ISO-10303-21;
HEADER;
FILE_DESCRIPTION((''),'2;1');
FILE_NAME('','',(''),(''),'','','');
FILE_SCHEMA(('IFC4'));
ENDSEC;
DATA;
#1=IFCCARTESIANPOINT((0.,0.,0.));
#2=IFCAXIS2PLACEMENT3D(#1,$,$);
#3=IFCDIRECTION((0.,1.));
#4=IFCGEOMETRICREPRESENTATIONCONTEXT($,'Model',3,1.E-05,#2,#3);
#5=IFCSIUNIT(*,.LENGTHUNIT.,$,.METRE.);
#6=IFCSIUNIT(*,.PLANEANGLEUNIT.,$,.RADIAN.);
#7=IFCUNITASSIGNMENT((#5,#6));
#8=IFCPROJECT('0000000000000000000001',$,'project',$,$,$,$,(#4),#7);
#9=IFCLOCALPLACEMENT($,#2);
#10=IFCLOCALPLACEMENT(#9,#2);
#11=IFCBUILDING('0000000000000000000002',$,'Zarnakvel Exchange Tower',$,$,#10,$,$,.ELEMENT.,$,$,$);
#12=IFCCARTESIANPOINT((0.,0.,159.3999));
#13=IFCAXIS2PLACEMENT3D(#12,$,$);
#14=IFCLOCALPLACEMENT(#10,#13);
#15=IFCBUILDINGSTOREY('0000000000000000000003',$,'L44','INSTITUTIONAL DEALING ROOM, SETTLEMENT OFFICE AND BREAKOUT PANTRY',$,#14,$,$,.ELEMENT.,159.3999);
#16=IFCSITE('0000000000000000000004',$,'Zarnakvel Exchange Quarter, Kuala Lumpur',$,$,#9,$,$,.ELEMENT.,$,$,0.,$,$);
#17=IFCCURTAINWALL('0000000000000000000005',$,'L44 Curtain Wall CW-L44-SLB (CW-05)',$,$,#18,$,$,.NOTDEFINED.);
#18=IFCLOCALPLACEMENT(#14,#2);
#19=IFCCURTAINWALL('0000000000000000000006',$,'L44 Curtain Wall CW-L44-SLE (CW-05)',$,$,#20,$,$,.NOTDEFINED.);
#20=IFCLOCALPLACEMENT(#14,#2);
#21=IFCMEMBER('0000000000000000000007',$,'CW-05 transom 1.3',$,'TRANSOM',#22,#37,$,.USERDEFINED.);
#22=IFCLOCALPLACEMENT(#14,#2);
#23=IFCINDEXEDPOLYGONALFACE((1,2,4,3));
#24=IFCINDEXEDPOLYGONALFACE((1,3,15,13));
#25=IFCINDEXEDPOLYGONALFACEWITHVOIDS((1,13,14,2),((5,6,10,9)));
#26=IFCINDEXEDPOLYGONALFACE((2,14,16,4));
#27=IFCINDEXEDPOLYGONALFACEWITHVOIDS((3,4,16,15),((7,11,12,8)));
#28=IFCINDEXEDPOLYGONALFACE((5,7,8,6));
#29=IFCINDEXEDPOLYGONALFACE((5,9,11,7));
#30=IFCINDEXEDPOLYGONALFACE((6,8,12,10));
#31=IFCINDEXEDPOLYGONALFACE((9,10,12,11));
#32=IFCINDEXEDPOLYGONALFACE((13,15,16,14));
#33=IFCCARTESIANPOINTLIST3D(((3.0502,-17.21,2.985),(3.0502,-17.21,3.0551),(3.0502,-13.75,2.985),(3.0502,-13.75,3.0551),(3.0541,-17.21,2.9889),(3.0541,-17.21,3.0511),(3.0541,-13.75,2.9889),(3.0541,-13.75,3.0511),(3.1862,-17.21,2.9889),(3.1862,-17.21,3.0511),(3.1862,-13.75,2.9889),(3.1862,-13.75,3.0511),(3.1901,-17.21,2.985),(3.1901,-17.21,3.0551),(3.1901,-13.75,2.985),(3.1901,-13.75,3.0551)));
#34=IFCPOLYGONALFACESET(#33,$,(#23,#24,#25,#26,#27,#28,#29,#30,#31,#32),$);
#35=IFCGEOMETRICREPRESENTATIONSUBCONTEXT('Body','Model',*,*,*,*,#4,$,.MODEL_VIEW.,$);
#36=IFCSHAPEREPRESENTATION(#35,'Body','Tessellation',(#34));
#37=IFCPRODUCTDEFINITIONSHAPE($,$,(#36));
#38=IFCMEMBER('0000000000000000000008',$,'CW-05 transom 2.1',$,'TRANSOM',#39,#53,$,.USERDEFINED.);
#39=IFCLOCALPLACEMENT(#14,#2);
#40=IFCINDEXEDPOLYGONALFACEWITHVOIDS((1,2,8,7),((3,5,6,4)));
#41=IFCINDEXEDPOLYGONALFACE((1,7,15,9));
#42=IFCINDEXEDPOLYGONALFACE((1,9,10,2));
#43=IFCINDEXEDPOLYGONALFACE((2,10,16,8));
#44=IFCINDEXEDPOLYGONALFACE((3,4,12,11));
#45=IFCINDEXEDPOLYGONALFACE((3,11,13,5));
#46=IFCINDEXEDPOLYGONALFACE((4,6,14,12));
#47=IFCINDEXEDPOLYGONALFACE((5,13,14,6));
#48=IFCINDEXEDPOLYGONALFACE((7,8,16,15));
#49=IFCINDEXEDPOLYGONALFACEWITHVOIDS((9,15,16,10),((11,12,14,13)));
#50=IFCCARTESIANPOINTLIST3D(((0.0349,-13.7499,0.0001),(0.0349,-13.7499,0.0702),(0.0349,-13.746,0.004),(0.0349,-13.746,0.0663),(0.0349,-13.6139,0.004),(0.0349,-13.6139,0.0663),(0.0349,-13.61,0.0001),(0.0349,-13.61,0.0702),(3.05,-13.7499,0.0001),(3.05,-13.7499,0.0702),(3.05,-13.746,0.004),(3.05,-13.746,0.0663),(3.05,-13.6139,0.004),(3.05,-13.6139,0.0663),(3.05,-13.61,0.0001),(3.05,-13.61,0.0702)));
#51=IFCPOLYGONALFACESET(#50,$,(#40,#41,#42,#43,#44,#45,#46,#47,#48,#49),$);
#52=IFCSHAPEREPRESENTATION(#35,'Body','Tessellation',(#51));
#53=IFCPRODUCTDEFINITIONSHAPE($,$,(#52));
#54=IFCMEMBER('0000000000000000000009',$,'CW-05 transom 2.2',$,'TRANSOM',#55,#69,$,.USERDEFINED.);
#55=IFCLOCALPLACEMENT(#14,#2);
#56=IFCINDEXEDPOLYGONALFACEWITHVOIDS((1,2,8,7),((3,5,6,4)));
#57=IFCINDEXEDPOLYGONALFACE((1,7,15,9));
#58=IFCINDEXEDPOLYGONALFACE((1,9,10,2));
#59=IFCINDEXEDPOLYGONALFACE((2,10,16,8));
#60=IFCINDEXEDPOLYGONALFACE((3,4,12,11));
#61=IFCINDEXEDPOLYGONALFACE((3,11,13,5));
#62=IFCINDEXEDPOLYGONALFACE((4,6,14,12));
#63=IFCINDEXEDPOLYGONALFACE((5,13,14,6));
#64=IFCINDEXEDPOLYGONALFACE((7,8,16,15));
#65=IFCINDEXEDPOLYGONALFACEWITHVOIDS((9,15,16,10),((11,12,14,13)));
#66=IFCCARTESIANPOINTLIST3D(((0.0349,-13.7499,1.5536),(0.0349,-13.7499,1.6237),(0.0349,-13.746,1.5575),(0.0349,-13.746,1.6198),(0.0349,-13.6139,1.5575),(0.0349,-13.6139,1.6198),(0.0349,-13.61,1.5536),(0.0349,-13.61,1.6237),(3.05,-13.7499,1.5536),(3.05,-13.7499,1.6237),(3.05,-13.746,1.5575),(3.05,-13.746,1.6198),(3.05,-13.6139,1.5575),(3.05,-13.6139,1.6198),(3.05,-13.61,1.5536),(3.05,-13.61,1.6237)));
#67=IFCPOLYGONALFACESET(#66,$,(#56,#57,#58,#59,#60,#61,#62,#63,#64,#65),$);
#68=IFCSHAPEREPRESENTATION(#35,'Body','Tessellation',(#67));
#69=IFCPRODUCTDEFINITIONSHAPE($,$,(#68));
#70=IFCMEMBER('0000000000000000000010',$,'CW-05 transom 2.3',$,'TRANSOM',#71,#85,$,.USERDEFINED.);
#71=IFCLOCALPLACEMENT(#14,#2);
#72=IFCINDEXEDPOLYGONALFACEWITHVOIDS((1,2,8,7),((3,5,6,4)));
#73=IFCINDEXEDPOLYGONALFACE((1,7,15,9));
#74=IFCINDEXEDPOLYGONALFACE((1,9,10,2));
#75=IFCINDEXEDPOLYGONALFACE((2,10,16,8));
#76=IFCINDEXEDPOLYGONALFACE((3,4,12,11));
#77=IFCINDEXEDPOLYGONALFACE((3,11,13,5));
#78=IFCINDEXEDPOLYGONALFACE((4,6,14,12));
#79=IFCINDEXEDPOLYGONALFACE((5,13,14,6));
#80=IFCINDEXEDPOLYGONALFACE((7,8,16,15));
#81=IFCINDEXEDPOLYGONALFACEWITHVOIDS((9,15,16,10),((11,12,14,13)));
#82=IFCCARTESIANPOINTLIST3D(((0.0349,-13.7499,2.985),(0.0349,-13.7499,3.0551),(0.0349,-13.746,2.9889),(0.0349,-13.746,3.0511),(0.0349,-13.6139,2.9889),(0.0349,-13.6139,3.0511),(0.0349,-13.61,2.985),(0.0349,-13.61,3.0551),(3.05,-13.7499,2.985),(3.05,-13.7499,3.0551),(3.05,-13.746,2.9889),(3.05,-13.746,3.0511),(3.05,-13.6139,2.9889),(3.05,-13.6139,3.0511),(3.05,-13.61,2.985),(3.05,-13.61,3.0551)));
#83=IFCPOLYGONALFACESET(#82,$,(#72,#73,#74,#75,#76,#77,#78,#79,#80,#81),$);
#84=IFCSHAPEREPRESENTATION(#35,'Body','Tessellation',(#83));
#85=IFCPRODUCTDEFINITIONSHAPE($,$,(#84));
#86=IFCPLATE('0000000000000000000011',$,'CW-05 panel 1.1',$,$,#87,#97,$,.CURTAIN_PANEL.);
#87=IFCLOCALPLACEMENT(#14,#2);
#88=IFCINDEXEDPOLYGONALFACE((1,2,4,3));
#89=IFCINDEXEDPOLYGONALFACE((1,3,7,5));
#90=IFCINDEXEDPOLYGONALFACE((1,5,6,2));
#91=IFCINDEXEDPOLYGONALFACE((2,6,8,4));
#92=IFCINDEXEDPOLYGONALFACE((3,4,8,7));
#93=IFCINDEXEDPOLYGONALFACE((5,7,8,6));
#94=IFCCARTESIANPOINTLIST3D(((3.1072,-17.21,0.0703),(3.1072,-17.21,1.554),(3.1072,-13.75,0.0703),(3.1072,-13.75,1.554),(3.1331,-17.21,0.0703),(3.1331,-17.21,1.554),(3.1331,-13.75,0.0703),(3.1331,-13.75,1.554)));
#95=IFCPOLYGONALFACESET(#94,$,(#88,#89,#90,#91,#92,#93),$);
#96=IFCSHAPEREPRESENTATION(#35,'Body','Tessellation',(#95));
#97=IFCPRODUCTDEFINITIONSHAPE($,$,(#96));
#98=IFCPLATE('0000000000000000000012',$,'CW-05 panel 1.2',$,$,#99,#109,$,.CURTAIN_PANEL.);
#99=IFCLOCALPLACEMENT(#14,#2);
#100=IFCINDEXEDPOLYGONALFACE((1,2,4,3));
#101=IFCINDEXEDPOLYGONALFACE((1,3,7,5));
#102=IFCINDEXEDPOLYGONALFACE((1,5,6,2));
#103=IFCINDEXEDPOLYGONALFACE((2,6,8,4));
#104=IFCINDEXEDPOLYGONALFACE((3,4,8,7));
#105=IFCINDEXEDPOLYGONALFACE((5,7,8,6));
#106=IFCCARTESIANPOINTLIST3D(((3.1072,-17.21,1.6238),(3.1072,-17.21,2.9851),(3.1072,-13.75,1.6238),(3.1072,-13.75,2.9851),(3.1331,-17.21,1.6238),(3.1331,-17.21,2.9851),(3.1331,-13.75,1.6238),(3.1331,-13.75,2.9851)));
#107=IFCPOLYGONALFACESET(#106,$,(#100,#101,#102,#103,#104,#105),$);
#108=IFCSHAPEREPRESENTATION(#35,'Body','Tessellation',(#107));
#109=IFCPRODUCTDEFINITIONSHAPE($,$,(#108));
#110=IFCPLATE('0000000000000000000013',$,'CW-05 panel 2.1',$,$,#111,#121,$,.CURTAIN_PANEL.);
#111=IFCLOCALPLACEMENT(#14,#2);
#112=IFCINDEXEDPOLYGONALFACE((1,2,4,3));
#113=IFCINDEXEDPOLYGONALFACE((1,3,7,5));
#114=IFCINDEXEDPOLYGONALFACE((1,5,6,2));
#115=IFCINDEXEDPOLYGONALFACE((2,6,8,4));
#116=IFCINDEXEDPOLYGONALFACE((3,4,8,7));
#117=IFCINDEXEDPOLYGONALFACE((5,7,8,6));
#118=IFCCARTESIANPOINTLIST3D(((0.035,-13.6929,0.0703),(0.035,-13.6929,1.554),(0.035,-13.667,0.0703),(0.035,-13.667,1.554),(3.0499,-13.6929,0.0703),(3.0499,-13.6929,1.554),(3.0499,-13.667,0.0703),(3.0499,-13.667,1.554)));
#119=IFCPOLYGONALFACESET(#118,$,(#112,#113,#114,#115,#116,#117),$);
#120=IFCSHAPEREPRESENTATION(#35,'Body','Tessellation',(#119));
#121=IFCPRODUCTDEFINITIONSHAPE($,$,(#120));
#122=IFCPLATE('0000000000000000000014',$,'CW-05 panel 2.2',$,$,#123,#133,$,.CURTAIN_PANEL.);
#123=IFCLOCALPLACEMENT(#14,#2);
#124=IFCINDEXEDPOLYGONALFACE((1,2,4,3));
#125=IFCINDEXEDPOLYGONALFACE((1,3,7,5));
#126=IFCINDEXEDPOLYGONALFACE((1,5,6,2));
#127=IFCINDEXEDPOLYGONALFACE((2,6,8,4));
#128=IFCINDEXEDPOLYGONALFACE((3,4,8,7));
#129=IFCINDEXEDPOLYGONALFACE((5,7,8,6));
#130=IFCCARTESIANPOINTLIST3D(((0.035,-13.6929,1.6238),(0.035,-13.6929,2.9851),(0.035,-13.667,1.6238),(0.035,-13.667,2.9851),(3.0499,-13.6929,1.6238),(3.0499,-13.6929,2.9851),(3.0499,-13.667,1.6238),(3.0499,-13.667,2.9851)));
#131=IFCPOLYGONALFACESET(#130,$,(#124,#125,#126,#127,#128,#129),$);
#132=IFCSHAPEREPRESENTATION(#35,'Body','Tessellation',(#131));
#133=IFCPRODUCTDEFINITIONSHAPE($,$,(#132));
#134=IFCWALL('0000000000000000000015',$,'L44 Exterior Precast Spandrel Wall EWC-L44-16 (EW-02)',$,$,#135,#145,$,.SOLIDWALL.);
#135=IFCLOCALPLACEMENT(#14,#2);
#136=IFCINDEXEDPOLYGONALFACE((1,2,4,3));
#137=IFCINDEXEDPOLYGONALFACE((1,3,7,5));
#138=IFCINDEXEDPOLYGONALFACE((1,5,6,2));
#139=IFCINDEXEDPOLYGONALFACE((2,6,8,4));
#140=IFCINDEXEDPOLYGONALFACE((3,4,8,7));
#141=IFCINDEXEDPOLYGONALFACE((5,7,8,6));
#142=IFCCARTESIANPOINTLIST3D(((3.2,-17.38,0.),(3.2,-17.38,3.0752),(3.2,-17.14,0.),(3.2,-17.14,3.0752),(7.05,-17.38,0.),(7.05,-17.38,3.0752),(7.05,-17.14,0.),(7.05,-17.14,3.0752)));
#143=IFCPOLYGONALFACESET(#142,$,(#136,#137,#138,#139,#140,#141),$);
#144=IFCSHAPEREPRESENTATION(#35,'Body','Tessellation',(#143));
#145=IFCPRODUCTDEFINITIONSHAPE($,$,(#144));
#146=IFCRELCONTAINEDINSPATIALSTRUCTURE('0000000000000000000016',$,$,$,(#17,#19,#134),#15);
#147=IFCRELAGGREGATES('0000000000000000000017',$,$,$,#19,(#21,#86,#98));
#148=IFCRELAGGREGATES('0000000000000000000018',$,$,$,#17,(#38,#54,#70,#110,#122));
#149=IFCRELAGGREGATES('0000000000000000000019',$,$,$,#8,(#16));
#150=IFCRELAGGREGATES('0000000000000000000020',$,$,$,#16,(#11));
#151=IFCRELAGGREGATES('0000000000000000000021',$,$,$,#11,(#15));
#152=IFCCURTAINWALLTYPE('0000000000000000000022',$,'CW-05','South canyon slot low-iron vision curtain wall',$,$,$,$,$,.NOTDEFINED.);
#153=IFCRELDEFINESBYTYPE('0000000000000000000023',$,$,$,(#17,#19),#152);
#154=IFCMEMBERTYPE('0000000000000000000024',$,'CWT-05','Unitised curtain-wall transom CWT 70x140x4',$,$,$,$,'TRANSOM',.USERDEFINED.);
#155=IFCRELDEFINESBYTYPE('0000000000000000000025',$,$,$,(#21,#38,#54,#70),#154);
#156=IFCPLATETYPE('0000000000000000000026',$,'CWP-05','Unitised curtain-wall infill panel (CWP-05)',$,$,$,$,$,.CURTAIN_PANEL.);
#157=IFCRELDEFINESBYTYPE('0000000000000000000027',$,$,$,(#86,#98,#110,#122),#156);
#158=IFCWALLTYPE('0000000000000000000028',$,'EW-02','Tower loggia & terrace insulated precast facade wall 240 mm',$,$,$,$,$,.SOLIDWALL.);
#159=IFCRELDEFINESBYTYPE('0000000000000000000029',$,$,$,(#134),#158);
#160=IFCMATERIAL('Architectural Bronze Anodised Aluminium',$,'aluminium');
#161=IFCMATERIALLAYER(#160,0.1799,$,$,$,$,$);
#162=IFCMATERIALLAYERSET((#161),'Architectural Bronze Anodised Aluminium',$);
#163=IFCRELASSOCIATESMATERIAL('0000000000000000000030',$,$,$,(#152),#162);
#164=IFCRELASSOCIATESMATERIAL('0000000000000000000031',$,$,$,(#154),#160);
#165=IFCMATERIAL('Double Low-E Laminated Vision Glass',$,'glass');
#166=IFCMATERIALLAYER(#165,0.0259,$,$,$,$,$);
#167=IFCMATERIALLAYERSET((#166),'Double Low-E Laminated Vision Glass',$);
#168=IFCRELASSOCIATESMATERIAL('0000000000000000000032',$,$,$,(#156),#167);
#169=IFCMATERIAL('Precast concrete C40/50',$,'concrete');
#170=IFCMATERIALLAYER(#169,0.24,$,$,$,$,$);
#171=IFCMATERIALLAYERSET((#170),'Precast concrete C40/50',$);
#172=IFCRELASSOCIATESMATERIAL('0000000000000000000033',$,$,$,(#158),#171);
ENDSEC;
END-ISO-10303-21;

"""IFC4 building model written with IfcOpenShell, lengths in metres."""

from ifc_helpers import new_model, si_unit, direction, frame, frame_2d, origin, origin_2d, place, context, subcontext, project, spatial, rectangle, hollow_rectangle, extrude, source, transform, mapped, material, layer, layer_set, material_profile, profile_set, type_object, element, aggregate, save


model = new_model("IFC4")

# Units and contexts
model_context = context("Model", 3, precision=1e-05, world=origin(), true_north=direction((0.0, 1.0)))
body_context = subcontext(model_context, "Body", "Model", "MODEL_VIEW")
ifc_project = project(units=[si_unit("LENGTHUNIT", "METRE"), si_unit("PLANEANGLEUNIT", "RADIAN")], contexts=[model_context])

# Site, building, storey
site_placement = place(None, origin())
site = spatial("IfcSite", under=ifc_project, at=site_placement, Name="Zarnakvel Exchange Quarter, Kuala Lumpur", CompositionType="ELEMENT", RefElevation=0.0)
building_placement = place(site_placement, origin())
building = spatial("IfcBuilding", under=site, at=building_placement, Name="Zarnakvel Exchange Tower", CompositionType="ELEMENT")
storey_placement = place(building_placement, frame((0.0, 0.0, 159.3999)))
storey = spatial("IfcBuildingStorey", under=building, at=storey_placement, Name="L44", Description="INSTITUTIONAL DEALING ROOM, SETTLEMENT OFFICE AND BREAKOUT PANTRY", CompositionType="ELEMENT", Elevation=159.3999)

# Curtain wall
ifc_material_1 = material(Name="Architectural Bronze Anodised Aluminium", Category="aluminium")
ifc_layer_1 = layer(ifc_material_1, 0.1799)
ifc_layer_set_1 = layer_set([ifc_layer_1], Name="Architectural Bronze Anodised Aluminium")
curtain_wall_type = type_object("IfcCurtainWallType", Name="CW-05", Description="South canyon slot low-iron vision curtain wall", PredefinedType="NOTDEFINED", material=ifc_layer_set_1)
curtain_wall_1_placement = place(storey_placement, origin())
curtain_wall_1 = element("IfcCurtainWall", 1, at=curtain_wall_1_placement, inside=storey, type_object=curtain_wall_type, Name="L44 Curtain Wall CW-L44-SLB (CW-05)", PredefinedType="NOTDEFINED")

# Curtain wall, member
curtain_wall_2_placement = place(storey_placement, origin())
curtain_wall_2 = element("IfcCurtainWall", 2, at=curtain_wall_2_placement, inside=storey, type_object=curtain_wall_type, Name="L44 Curtain Wall CW-L44-SLE (CW-05)", PredefinedType="NOTDEFINED")
ifc_material_profile_1 = material_profile(ifc_material_1, hollow_rectangle(XDim=0.1399, YDim=0.0701, WallThickness=0.0039, at=origin_2d()))
ifc_profile_set_1 = profile_set([ifc_material_profile_1], Name="Architectural Bronze Anodised Aluminium")
member_type_1 = type_object("IfcMemberType", Name="CWT-05", Description="Unitised curtain-wall transom CWT 70x140x4", ElementType="TRANSOM", PredefinedType="USERDEFINED", material=ifc_profile_set_1)
shared_shape_1 = source(origin(), body_context, "Body", "SweptSolid", [
    extrude(hollow_rectangle(XDim=0.1399, YDim=0.0701, WallThickness=0.0039, at=origin_2d()), origin(), (0.0, 0.0, 1.0), 3.46),
])
member_1_placement = place(storey_placement, frame((3.1201, -13.75, 3.02), z_axis=(0.0, -1.0, 0.0), x_axis=(1.0, 0.0, 0.0)))
member_1 = element("IfcMember", 3, at=member_1_placement, type_object=member_type_1, Name="CW-05 transom 1.3", ObjectType="TRANSOM", PredefinedType="USERDEFINED", context=body_context, shape_type="MappedRepresentation", body=[
    mapped(shared_shape_1, transform((0.0, 0.0, 0.0), x_axis=(1.0, 0.0, 0.0), y_axis=(0.0, 1.0, 0.0), z_axis=(0.0, 0.0, 1.0), scale=1.0)),
])

# Members
shared_shape_2 = source(origin(), body_context, "Body", "SweptSolid", [
    extrude(hollow_rectangle(XDim=0.1399, YDim=0.0701, WallThickness=0.0039, at=origin_2d()), origin(), (0.0, 0.0, 1.0), 3.0151),
])
member_2_placement = place(storey_placement, frame((0.0349, -13.6799, 0.0352), z_axis=(1.0, 0.0, 0.0), x_axis=(0.0, 1.0, 0.0)))
member_2 = element("IfcMember", 4, at=member_2_placement, type_object=member_type_1, Name="CW-05 transom 2.1", ObjectType="TRANSOM", PredefinedType="USERDEFINED", context=body_context, shape_type="MappedRepresentation", body=[
    mapped(shared_shape_2, transform((0.0, 0.0, 0.0), x_axis=(1.0, 0.0, 0.0), y_axis=(0.0, 1.0, 0.0), z_axis=(0.0, 0.0, 1.0), scale=1.0)),
])
member_3_placement = place(storey_placement, frame((0.0349, -13.6799, 1.5886), z_axis=(1.0, 0.0, 0.0), x_axis=(0.0, 1.0, 0.0)))
member_3 = element("IfcMember", 5, at=member_3_placement, type_object=member_type_1, Name="CW-05 transom 2.2", ObjectType="TRANSOM", PredefinedType="USERDEFINED", context=body_context, shape_type="MappedRepresentation", body=[
    mapped(shared_shape_2, transform((0.0, 0.0, 0.0), x_axis=(1.0, 0.0, 0.0), y_axis=(0.0, 1.0, 0.0), z_axis=(0.0, 0.0, 1.0), scale=1.0)),
])
member_4_placement = place(storey_placement, frame((0.0349, -13.6799, 3.02), z_axis=(1.0, 0.0, 0.0), x_axis=(0.0, 1.0, 0.0)))
member_4 = element("IfcMember", 6, at=member_4_placement, type_object=member_type_1, Name="CW-05 transom 2.3", ObjectType="TRANSOM", PredefinedType="USERDEFINED", context=body_context, shape_type="MappedRepresentation", body=[
    mapped(shared_shape_2, transform((0.0, 0.0, 0.0), x_axis=(1.0, 0.0, 0.0), y_axis=(0.0, 1.0, 0.0), z_axis=(0.0, 0.0, 1.0), scale=1.0)),
])

# Plates
ifc_material_2 = material(Name="Double Low-E Laminated Vision Glass", Category="glass")
ifc_layer_2 = layer(ifc_material_2, 0.0259)
ifc_layer_set_2 = layer_set([ifc_layer_2], Name="Double Low-E Laminated Vision Glass")
plate_type = type_object("IfcPlateType", Name="CWP-05", Description="Unitised curtain-wall infill panel (CWP-05)", PredefinedType="CURTAIN_PANEL", material=ifc_layer_set_2)
shared_shape_3 = source(origin(), body_context, "Body", "SweptSolid", [
    extrude(rectangle(XDim=3.46, YDim=0.0259, at=origin_2d()), origin(), (0.0, 0.0, 1.0), 1.4836),
])
plate_1_placement = place(storey_placement, frame((3.1201, -15.48, 0.0703), z_axis=(0.0, 0.0, 1.0), x_axis=(0.0, -1.0, 0.0)))
plate_1 = element("IfcPlate", 7, at=plate_1_placement, type_object=plate_type, Name="CW-05 panel 1.1", PredefinedType="CURTAIN_PANEL", context=body_context, shape_type="MappedRepresentation", body=[
    mapped(shared_shape_3, transform((0.0, 0.0, 0.0), x_axis=(1.0, 0.0, 0.0), y_axis=(0.0, 1.0, 0.0), z_axis=(0.0, 0.0, 1.0), scale=1.0)),
])
shared_shape_4 = source(origin(), body_context, "Body", "SweptSolid", [
    extrude(rectangle(XDim=3.46, YDim=0.0259, at=origin_2d()), origin(), (0.0, 0.0, 1.0), 1.3613),
])
plate_2_placement = place(storey_placement, frame((3.1201, -15.48, 1.6238), z_axis=(0.0, 0.0, 1.0), x_axis=(0.0, -1.0, 0.0)))
plate_2 = element("IfcPlate", 8, at=plate_2_placement, type_object=plate_type, Name="CW-05 panel 1.2", PredefinedType="CURTAIN_PANEL", context=body_context, shape_type="MappedRepresentation", body=[
    mapped(shared_shape_4, transform((0.0, 0.0, 0.0), x_axis=(1.0, 0.0, 0.0), y_axis=(0.0, 1.0, 0.0), z_axis=(0.0, 0.0, 1.0), scale=1.0)),
])
aggregate(curtain_wall_2, [member_1, plate_1, plate_2])
shared_shape_5 = source(origin(), body_context, "Body", "SweptSolid", [
    extrude(rectangle(XDim=3.0149, YDim=0.0259, at=origin_2d()), origin(), (0.0, 0.0, 1.0), 1.4836),
])
plate_3_placement = place(storey_placement, frame((1.5425, -13.6799, 0.0703), z_axis=(0.0, 0.0, 1.0), x_axis=(1.0, 0.0, 0.0)))
plate_3 = element("IfcPlate", 9, at=plate_3_placement, type_object=plate_type, Name="CW-05 panel 2.1", PredefinedType="CURTAIN_PANEL", context=body_context, shape_type="MappedRepresentation", body=[
    mapped(shared_shape_5, transform((0.0, 0.0, 0.0), x_axis=(1.0, 0.0, 0.0), y_axis=(0.0, 1.0, 0.0), z_axis=(0.0, 0.0, 1.0), scale=1.0)),
])
shared_shape_6 = source(origin(), body_context, "Body", "SweptSolid", [
    extrude(rectangle(XDim=3.0149, YDim=0.0259, at=origin_2d()), origin(), (0.0, 0.0, 1.0), 1.3613),
])
plate_4_placement = place(storey_placement, frame((1.5425, -13.6799, 1.6238), z_axis=(0.0, 0.0, 1.0), x_axis=(1.0, 0.0, 0.0)))
plate_4 = element("IfcPlate", 10, at=plate_4_placement, type_object=plate_type, Name="CW-05 panel 2.2", PredefinedType="CURTAIN_PANEL", context=body_context, shape_type="MappedRepresentation", body=[
    mapped(shared_shape_6, transform((0.0, 0.0, 0.0), x_axis=(1.0, 0.0, 0.0), y_axis=(0.0, 1.0, 0.0), z_axis=(0.0, 0.0, 1.0), scale=1.0)),
])
aggregate(curtain_wall_1, [member_2, member_3, member_4, plate_3, plate_4])

# Wall
ifc_material_3 = material(Name="Precast concrete C40/50", Category="concrete")
ifc_layer_3 = layer(ifc_material_3, 0.24)
ifc_layer_set_3 = layer_set([ifc_layer_3], Name="Precast concrete C40/50")
wall_type = type_object("IfcWallType", Name="EW-02", Description="Tower loggia & terrace insulated precast facade wall 240 mm", PredefinedType="SOLIDWALL", material=ifc_layer_set_3)
wall_placement = place(storey_placement, frame((3.2, -17.26, 0.0), z_axis=(0.0, 0.0, 1.0), x_axis=(1.0, 0.0, 0.0)))
element("IfcWall", 11, at=wall_placement, inside=storey, type_object=wall_type, Name="L44 Exterior Precast Spandrel Wall EWC-L44-16 (EW-02)", PredefinedType="SOLIDWALL", context=body_context, shape_type="SweptSolid", body=[
    extrude(rectangle(XDim=3.8501, YDim=0.24, at=frame_2d((1.925, 0.0))), origin(), (0.0, 0.0, 1.0), 3.0752),
])

save(model, "model.ifc")
